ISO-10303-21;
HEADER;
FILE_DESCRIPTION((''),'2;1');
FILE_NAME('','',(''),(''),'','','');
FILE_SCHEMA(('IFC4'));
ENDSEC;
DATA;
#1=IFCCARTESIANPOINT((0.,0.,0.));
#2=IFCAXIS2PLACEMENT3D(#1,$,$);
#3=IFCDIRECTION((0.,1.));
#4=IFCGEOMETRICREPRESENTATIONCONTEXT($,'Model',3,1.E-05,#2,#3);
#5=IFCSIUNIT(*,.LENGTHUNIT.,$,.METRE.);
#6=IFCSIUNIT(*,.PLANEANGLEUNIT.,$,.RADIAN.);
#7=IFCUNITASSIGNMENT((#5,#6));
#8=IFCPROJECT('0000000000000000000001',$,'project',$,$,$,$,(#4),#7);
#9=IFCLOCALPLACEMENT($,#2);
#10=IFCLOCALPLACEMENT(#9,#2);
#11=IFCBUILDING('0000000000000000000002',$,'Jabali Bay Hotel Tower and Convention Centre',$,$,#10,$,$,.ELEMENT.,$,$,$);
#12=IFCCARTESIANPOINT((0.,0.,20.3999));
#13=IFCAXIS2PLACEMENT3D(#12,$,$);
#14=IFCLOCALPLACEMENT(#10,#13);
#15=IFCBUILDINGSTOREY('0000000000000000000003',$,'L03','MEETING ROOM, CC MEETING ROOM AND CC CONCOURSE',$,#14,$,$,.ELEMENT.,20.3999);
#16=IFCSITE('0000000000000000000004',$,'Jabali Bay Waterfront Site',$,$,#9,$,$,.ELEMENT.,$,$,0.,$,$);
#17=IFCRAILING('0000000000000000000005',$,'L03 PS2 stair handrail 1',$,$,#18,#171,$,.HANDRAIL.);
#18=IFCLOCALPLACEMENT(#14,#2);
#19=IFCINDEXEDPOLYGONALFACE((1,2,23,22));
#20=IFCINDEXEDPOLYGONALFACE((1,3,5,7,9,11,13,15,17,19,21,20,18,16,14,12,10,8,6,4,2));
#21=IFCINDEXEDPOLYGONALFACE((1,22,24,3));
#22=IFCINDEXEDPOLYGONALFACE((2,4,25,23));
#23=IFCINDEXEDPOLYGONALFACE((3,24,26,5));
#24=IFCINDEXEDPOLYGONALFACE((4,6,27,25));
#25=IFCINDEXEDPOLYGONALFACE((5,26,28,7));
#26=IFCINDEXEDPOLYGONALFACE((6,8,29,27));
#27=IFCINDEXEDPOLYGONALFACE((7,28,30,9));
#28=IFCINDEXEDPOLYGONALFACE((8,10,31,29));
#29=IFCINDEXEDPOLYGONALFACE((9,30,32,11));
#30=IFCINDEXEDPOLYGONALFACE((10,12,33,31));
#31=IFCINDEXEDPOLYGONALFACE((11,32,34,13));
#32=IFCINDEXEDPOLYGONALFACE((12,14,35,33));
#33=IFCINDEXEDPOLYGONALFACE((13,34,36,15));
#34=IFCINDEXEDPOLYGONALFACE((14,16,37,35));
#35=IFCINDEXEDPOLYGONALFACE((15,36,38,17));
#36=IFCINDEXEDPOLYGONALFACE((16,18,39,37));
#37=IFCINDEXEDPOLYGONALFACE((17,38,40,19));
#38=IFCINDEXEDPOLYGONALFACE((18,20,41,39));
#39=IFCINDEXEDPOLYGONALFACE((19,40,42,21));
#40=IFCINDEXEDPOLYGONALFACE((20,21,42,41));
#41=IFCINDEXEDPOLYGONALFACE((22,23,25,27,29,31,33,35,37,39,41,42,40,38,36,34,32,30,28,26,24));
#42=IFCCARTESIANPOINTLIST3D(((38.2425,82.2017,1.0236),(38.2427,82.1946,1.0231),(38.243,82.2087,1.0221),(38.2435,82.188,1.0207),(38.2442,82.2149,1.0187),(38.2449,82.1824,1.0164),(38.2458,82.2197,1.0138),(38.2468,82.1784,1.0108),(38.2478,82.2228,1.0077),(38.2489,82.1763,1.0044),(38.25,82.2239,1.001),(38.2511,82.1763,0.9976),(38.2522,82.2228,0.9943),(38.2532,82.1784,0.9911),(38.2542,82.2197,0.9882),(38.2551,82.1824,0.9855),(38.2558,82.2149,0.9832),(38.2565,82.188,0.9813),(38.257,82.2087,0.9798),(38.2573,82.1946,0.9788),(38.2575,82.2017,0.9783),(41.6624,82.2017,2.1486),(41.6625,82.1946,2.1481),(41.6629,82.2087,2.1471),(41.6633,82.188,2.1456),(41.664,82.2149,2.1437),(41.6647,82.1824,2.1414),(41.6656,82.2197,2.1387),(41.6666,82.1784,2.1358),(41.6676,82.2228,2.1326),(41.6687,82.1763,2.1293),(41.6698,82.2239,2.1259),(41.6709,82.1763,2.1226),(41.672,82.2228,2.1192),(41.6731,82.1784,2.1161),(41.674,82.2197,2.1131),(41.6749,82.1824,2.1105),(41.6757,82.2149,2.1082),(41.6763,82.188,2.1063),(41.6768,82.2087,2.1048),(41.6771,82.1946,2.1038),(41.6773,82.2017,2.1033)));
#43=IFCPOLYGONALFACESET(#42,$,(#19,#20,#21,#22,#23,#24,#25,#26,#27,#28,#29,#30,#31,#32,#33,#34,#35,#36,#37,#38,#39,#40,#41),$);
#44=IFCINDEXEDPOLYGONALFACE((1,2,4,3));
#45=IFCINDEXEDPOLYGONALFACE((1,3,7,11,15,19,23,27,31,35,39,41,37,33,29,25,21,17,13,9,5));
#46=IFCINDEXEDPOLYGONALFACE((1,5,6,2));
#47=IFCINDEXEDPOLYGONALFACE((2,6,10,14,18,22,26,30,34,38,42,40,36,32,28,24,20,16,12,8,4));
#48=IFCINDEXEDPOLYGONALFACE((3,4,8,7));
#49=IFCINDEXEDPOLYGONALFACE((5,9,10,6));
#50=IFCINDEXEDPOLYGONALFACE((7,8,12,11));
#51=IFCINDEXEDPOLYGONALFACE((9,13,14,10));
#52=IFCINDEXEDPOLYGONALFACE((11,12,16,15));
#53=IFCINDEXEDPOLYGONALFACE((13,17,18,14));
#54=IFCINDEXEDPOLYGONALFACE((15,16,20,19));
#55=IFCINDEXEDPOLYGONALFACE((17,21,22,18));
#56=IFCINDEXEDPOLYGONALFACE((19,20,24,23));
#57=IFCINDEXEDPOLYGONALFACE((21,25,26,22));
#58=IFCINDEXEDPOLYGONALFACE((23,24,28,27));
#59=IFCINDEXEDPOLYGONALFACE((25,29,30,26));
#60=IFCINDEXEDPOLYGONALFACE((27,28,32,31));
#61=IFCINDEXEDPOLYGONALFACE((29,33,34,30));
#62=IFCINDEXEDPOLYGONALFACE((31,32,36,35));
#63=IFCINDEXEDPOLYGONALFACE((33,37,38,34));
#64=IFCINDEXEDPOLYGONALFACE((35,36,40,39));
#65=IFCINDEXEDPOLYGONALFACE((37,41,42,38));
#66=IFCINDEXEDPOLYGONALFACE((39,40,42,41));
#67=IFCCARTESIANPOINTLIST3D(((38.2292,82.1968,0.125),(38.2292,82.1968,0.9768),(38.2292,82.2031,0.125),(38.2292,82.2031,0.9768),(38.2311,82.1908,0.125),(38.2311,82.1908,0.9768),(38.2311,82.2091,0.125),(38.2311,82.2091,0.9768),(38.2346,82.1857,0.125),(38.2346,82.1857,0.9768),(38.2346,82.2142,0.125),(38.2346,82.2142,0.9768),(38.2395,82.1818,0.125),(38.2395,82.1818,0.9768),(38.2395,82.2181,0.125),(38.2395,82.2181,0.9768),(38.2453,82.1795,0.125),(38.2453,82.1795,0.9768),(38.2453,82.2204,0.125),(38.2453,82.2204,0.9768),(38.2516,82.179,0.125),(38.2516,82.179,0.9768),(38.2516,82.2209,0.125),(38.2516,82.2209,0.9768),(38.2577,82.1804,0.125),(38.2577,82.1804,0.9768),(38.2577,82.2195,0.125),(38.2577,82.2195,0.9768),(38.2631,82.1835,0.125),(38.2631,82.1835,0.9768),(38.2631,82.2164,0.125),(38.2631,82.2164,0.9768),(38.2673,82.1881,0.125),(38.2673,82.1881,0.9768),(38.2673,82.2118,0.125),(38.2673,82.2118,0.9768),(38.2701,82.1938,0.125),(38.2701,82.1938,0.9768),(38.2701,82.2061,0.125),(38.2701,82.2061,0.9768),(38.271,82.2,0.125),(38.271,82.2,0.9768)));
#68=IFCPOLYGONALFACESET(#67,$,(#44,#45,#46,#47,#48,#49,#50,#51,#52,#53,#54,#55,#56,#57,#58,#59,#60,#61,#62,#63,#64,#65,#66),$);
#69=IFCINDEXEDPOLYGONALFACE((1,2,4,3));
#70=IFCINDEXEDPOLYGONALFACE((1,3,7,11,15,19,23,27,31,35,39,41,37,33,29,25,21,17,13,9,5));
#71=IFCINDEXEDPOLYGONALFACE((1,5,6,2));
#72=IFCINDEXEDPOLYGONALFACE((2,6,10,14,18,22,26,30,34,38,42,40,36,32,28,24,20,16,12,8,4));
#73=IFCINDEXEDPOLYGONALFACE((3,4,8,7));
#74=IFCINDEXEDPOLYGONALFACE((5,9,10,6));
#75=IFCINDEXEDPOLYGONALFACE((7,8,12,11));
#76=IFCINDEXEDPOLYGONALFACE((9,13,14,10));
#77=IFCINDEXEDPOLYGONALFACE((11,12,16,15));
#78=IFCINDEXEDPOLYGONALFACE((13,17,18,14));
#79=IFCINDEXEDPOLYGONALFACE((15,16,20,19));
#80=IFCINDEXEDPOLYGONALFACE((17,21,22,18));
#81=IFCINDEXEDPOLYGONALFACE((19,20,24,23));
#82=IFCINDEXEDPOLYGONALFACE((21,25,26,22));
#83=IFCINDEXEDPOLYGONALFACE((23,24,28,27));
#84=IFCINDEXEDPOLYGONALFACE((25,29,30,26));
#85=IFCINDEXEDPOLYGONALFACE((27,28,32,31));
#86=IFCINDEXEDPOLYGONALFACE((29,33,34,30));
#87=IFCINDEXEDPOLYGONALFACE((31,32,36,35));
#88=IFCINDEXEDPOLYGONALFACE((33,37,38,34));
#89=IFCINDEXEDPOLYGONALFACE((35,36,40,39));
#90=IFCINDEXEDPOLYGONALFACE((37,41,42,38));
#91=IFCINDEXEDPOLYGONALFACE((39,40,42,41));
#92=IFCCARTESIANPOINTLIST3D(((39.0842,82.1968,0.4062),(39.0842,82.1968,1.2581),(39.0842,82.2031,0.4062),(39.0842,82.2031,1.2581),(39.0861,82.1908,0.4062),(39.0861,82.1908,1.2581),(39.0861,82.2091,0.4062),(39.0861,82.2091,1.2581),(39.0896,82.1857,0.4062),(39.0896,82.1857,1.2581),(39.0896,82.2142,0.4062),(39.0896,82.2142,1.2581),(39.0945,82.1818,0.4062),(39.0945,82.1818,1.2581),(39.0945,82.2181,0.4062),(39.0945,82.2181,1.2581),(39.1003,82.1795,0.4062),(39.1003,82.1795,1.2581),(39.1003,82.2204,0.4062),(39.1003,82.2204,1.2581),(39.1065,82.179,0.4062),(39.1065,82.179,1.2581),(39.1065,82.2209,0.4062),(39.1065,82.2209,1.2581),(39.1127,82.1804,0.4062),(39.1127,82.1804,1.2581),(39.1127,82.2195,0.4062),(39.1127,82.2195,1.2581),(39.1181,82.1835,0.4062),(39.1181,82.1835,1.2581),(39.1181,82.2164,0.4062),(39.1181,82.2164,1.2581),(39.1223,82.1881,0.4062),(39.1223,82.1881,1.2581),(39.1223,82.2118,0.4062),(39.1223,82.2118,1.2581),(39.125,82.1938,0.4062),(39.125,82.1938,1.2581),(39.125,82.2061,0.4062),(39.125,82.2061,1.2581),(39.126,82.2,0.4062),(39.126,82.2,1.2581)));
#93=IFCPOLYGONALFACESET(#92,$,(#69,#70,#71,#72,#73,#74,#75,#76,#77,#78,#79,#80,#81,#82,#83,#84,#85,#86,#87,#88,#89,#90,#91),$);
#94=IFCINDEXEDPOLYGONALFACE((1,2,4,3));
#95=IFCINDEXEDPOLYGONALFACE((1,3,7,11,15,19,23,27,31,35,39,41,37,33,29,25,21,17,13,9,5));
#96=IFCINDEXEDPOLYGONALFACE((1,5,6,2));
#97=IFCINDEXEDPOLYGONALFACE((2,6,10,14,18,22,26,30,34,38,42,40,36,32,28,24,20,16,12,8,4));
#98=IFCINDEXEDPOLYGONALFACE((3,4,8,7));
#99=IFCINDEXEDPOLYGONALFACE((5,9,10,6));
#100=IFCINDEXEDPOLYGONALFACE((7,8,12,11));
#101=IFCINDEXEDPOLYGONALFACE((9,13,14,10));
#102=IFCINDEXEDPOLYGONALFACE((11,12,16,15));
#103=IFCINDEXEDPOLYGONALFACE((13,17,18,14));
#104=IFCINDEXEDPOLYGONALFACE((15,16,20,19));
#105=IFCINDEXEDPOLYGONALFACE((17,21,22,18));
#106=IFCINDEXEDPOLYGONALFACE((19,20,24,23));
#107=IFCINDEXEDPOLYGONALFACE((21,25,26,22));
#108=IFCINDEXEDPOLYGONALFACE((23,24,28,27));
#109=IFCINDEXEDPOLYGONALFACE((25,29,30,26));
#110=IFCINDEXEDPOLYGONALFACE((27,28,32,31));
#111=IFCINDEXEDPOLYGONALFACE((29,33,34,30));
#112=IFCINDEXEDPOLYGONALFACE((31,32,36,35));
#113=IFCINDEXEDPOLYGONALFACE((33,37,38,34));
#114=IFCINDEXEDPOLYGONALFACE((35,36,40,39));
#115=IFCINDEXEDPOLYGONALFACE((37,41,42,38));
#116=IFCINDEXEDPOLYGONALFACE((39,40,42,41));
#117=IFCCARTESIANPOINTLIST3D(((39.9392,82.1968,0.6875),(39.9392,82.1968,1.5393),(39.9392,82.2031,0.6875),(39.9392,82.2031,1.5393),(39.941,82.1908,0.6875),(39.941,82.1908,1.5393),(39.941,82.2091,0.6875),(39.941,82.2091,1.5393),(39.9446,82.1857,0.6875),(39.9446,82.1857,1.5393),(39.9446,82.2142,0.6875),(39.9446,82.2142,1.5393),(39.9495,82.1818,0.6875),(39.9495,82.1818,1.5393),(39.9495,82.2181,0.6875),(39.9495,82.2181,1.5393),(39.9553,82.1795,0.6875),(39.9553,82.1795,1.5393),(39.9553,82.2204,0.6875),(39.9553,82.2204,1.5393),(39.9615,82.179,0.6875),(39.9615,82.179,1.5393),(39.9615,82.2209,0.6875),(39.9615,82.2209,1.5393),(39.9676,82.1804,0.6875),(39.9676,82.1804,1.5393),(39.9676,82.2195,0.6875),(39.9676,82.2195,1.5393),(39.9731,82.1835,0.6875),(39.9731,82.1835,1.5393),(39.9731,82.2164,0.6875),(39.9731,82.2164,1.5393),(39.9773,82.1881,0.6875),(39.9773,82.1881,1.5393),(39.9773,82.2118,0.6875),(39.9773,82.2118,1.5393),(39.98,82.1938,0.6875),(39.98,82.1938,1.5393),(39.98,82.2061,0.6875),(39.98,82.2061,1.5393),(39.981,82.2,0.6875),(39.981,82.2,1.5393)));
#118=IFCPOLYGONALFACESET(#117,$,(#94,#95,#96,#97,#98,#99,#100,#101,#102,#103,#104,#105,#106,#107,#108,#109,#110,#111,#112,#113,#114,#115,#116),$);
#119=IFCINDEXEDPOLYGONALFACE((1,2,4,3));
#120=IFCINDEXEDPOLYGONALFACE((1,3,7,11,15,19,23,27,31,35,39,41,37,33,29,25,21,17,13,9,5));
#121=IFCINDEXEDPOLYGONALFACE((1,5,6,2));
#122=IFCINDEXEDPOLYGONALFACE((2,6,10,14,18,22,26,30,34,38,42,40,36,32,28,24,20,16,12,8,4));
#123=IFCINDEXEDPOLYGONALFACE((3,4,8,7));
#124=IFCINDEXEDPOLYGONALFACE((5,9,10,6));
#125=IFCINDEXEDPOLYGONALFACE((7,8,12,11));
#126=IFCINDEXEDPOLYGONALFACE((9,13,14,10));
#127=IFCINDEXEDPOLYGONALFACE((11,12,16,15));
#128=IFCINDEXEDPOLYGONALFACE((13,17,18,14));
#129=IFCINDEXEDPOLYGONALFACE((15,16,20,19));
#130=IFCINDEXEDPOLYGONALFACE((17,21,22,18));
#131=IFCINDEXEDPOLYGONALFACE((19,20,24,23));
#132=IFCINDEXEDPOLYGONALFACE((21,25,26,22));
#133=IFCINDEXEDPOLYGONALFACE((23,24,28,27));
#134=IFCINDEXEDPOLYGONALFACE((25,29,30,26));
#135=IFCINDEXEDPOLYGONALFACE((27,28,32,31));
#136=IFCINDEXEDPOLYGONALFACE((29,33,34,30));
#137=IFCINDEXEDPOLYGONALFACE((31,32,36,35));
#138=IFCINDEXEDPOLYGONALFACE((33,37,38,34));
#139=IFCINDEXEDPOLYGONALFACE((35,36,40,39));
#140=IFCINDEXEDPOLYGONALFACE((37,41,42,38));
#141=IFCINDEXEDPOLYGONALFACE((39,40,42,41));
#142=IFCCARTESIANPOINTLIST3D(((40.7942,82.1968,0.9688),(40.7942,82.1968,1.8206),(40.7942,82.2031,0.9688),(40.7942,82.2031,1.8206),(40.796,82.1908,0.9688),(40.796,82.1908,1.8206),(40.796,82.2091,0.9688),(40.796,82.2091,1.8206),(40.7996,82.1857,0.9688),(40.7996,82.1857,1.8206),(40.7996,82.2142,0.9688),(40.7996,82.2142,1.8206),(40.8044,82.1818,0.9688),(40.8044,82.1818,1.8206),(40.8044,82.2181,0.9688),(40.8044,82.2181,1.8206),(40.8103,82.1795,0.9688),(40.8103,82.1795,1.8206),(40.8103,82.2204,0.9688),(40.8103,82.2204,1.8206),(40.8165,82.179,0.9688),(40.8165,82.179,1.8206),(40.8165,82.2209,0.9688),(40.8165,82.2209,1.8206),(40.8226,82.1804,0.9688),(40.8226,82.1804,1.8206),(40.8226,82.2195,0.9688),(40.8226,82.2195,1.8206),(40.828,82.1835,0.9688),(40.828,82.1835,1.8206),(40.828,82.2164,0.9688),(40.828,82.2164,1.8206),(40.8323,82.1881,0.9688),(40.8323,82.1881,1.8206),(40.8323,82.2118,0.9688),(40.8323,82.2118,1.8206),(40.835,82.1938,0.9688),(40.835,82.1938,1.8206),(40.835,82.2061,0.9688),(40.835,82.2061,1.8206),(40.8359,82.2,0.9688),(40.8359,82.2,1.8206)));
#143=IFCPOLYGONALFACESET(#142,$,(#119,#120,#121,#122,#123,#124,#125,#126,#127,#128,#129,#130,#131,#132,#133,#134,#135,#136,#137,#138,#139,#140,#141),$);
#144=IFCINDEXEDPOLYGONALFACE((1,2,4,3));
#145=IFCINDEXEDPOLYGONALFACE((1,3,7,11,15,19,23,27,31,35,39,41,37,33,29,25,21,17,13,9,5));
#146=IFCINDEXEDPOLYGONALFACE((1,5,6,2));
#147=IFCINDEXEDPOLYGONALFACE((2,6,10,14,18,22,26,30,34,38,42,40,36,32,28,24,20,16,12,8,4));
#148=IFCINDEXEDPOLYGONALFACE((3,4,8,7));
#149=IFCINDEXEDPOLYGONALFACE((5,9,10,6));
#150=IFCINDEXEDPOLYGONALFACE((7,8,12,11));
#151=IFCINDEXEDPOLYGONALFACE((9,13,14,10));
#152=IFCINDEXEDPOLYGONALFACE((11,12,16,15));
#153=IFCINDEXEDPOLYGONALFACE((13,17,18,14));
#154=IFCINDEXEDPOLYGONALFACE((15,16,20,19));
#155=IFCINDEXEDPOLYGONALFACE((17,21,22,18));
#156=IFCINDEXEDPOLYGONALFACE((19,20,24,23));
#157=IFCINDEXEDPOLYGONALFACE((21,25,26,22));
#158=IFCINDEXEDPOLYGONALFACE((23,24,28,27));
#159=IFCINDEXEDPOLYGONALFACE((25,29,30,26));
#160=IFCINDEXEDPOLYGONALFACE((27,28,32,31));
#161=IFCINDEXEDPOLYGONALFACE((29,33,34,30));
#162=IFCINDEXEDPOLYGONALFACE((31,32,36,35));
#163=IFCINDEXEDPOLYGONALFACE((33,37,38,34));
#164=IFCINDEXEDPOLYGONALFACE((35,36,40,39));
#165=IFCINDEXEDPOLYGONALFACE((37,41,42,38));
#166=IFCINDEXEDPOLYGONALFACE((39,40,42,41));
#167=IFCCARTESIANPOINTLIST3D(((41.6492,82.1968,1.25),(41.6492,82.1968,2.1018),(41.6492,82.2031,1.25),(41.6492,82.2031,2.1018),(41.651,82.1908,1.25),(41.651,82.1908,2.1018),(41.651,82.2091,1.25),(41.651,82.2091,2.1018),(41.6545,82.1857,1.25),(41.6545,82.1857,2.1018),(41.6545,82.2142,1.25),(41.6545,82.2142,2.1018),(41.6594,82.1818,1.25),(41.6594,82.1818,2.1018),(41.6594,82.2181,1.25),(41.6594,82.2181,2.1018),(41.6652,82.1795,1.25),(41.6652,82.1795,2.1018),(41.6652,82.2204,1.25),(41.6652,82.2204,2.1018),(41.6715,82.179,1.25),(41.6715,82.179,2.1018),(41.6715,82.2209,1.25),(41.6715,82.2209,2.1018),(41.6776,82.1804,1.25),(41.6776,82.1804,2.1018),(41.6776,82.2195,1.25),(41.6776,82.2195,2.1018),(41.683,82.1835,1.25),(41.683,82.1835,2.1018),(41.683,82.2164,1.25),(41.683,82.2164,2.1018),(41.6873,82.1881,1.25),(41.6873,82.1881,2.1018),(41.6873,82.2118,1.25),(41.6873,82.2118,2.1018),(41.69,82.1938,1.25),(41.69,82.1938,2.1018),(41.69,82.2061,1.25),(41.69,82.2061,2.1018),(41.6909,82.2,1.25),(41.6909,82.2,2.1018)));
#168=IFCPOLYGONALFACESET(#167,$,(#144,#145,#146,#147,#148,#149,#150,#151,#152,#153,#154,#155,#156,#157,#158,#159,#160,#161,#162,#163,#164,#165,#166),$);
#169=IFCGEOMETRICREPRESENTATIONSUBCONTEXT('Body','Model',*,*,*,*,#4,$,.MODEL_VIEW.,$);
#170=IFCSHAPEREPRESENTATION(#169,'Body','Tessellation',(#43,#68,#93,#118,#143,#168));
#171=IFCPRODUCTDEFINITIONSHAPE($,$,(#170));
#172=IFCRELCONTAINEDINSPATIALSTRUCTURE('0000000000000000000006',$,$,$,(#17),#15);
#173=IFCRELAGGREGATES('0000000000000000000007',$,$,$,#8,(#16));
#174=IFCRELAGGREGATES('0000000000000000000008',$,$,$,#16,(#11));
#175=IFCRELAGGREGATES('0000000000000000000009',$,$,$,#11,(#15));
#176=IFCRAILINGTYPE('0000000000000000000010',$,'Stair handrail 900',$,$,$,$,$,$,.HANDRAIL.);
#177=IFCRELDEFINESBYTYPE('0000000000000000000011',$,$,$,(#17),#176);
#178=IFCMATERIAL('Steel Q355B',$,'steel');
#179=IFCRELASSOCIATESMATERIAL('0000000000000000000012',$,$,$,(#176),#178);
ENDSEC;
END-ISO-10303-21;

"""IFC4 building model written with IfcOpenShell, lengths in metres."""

from ifc_helpers import new_model, si_unit, direction, frame, origin, origin_2d, place, context, subcontext, project, spatial, circle, extrude, material, type_object, element, save


model = new_model("IFC4")

# Units and contexts
model_context = context("Model", 3, precision=1e-05, world=origin(), true_north=direction((0.0, 1.0)))
body_context = subcontext(model_context, "Body", "Model", "MODEL_VIEW")
ifc_project = project(units=[si_unit("LENGTHUNIT", "METRE"), si_unit("PLANEANGLEUNIT", "RADIAN")], contexts=[model_context])

# Site, building, storey
site_placement = place(None, origin())
site = spatial("IfcSite", under=ifc_project, at=site_placement, Name="Jabali Bay Waterfront Site", CompositionType="ELEMENT", RefElevation=0.0)
building_placement = place(site_placement, origin())
building = spatial("IfcBuilding", under=site, at=building_placement, Name="Jabali Bay Hotel Tower and Convention Centre", CompositionType="ELEMENT")
storey_placement = place(building_placement, frame((0.0, 0.0, 20.3999)))
storey = spatial("IfcBuildingStorey", under=building, at=storey_placement, Name="L03", Description="MEETING ROOM, CC MEETING ROOM AND CC CONCOURSE", CompositionType="ELEMENT", Elevation=20.3999)

# Railing
ifc_material_1 = material(Name="Steel Q355B", Category="steel")
railing_type_1 = type_object("IfcRailingType", Name="Stair handrail 900", PredefinedType="HANDRAIL", material=ifc_material_1)
for number, where, name in (
    (1, (38.25, 82.2, 0.125), "L03 PS2 stair handrail 1"),
):
    element("IfcRailing", number, at=place(storey_placement, frame(where)), inside=storey, type_object=railing_type_1, Name=name, PredefinedType="HANDRAIL", context=body_context, shape_type="SweptSolid", body=[
        extrude(circle(Radius=0.0239, at=origin_2d()), frame((0.0, 0.0, 0.876), z_axis=(0.949924, 0.0, 0.312482), x_axis=(0.0, 1.0, 0.0)), (0.0, 0.0, 1.0), 3.6001),
        extrude(circle(Radius=0.021, at=origin_2d()), origin(), (0.0, 0.0, 1.0), 0.8518),
        extrude(circle(Radius=0.021, at=origin_2d()), frame((0.855, 0.0, 0.2812)), (0.0, 0.0, 1.0), 0.8518),
        extrude(circle(Radius=0.021, at=origin_2d()), frame((1.71, 0.0, 0.5625)), (0.0, 0.0, 1.0), 0.8518),
        extrude(circle(Radius=0.021, at=origin_2d()), frame((2.5649, 0.0, 0.8438)), (0.0, 0.0, 1.0), 0.8518),
        extrude(circle(Radius=0.021, at=origin_2d()), frame((3.4199, 0.0, 1.125)), (0.0, 0.0, 1.0), 0.8518),
    ])

save(model, "model.ifc")
